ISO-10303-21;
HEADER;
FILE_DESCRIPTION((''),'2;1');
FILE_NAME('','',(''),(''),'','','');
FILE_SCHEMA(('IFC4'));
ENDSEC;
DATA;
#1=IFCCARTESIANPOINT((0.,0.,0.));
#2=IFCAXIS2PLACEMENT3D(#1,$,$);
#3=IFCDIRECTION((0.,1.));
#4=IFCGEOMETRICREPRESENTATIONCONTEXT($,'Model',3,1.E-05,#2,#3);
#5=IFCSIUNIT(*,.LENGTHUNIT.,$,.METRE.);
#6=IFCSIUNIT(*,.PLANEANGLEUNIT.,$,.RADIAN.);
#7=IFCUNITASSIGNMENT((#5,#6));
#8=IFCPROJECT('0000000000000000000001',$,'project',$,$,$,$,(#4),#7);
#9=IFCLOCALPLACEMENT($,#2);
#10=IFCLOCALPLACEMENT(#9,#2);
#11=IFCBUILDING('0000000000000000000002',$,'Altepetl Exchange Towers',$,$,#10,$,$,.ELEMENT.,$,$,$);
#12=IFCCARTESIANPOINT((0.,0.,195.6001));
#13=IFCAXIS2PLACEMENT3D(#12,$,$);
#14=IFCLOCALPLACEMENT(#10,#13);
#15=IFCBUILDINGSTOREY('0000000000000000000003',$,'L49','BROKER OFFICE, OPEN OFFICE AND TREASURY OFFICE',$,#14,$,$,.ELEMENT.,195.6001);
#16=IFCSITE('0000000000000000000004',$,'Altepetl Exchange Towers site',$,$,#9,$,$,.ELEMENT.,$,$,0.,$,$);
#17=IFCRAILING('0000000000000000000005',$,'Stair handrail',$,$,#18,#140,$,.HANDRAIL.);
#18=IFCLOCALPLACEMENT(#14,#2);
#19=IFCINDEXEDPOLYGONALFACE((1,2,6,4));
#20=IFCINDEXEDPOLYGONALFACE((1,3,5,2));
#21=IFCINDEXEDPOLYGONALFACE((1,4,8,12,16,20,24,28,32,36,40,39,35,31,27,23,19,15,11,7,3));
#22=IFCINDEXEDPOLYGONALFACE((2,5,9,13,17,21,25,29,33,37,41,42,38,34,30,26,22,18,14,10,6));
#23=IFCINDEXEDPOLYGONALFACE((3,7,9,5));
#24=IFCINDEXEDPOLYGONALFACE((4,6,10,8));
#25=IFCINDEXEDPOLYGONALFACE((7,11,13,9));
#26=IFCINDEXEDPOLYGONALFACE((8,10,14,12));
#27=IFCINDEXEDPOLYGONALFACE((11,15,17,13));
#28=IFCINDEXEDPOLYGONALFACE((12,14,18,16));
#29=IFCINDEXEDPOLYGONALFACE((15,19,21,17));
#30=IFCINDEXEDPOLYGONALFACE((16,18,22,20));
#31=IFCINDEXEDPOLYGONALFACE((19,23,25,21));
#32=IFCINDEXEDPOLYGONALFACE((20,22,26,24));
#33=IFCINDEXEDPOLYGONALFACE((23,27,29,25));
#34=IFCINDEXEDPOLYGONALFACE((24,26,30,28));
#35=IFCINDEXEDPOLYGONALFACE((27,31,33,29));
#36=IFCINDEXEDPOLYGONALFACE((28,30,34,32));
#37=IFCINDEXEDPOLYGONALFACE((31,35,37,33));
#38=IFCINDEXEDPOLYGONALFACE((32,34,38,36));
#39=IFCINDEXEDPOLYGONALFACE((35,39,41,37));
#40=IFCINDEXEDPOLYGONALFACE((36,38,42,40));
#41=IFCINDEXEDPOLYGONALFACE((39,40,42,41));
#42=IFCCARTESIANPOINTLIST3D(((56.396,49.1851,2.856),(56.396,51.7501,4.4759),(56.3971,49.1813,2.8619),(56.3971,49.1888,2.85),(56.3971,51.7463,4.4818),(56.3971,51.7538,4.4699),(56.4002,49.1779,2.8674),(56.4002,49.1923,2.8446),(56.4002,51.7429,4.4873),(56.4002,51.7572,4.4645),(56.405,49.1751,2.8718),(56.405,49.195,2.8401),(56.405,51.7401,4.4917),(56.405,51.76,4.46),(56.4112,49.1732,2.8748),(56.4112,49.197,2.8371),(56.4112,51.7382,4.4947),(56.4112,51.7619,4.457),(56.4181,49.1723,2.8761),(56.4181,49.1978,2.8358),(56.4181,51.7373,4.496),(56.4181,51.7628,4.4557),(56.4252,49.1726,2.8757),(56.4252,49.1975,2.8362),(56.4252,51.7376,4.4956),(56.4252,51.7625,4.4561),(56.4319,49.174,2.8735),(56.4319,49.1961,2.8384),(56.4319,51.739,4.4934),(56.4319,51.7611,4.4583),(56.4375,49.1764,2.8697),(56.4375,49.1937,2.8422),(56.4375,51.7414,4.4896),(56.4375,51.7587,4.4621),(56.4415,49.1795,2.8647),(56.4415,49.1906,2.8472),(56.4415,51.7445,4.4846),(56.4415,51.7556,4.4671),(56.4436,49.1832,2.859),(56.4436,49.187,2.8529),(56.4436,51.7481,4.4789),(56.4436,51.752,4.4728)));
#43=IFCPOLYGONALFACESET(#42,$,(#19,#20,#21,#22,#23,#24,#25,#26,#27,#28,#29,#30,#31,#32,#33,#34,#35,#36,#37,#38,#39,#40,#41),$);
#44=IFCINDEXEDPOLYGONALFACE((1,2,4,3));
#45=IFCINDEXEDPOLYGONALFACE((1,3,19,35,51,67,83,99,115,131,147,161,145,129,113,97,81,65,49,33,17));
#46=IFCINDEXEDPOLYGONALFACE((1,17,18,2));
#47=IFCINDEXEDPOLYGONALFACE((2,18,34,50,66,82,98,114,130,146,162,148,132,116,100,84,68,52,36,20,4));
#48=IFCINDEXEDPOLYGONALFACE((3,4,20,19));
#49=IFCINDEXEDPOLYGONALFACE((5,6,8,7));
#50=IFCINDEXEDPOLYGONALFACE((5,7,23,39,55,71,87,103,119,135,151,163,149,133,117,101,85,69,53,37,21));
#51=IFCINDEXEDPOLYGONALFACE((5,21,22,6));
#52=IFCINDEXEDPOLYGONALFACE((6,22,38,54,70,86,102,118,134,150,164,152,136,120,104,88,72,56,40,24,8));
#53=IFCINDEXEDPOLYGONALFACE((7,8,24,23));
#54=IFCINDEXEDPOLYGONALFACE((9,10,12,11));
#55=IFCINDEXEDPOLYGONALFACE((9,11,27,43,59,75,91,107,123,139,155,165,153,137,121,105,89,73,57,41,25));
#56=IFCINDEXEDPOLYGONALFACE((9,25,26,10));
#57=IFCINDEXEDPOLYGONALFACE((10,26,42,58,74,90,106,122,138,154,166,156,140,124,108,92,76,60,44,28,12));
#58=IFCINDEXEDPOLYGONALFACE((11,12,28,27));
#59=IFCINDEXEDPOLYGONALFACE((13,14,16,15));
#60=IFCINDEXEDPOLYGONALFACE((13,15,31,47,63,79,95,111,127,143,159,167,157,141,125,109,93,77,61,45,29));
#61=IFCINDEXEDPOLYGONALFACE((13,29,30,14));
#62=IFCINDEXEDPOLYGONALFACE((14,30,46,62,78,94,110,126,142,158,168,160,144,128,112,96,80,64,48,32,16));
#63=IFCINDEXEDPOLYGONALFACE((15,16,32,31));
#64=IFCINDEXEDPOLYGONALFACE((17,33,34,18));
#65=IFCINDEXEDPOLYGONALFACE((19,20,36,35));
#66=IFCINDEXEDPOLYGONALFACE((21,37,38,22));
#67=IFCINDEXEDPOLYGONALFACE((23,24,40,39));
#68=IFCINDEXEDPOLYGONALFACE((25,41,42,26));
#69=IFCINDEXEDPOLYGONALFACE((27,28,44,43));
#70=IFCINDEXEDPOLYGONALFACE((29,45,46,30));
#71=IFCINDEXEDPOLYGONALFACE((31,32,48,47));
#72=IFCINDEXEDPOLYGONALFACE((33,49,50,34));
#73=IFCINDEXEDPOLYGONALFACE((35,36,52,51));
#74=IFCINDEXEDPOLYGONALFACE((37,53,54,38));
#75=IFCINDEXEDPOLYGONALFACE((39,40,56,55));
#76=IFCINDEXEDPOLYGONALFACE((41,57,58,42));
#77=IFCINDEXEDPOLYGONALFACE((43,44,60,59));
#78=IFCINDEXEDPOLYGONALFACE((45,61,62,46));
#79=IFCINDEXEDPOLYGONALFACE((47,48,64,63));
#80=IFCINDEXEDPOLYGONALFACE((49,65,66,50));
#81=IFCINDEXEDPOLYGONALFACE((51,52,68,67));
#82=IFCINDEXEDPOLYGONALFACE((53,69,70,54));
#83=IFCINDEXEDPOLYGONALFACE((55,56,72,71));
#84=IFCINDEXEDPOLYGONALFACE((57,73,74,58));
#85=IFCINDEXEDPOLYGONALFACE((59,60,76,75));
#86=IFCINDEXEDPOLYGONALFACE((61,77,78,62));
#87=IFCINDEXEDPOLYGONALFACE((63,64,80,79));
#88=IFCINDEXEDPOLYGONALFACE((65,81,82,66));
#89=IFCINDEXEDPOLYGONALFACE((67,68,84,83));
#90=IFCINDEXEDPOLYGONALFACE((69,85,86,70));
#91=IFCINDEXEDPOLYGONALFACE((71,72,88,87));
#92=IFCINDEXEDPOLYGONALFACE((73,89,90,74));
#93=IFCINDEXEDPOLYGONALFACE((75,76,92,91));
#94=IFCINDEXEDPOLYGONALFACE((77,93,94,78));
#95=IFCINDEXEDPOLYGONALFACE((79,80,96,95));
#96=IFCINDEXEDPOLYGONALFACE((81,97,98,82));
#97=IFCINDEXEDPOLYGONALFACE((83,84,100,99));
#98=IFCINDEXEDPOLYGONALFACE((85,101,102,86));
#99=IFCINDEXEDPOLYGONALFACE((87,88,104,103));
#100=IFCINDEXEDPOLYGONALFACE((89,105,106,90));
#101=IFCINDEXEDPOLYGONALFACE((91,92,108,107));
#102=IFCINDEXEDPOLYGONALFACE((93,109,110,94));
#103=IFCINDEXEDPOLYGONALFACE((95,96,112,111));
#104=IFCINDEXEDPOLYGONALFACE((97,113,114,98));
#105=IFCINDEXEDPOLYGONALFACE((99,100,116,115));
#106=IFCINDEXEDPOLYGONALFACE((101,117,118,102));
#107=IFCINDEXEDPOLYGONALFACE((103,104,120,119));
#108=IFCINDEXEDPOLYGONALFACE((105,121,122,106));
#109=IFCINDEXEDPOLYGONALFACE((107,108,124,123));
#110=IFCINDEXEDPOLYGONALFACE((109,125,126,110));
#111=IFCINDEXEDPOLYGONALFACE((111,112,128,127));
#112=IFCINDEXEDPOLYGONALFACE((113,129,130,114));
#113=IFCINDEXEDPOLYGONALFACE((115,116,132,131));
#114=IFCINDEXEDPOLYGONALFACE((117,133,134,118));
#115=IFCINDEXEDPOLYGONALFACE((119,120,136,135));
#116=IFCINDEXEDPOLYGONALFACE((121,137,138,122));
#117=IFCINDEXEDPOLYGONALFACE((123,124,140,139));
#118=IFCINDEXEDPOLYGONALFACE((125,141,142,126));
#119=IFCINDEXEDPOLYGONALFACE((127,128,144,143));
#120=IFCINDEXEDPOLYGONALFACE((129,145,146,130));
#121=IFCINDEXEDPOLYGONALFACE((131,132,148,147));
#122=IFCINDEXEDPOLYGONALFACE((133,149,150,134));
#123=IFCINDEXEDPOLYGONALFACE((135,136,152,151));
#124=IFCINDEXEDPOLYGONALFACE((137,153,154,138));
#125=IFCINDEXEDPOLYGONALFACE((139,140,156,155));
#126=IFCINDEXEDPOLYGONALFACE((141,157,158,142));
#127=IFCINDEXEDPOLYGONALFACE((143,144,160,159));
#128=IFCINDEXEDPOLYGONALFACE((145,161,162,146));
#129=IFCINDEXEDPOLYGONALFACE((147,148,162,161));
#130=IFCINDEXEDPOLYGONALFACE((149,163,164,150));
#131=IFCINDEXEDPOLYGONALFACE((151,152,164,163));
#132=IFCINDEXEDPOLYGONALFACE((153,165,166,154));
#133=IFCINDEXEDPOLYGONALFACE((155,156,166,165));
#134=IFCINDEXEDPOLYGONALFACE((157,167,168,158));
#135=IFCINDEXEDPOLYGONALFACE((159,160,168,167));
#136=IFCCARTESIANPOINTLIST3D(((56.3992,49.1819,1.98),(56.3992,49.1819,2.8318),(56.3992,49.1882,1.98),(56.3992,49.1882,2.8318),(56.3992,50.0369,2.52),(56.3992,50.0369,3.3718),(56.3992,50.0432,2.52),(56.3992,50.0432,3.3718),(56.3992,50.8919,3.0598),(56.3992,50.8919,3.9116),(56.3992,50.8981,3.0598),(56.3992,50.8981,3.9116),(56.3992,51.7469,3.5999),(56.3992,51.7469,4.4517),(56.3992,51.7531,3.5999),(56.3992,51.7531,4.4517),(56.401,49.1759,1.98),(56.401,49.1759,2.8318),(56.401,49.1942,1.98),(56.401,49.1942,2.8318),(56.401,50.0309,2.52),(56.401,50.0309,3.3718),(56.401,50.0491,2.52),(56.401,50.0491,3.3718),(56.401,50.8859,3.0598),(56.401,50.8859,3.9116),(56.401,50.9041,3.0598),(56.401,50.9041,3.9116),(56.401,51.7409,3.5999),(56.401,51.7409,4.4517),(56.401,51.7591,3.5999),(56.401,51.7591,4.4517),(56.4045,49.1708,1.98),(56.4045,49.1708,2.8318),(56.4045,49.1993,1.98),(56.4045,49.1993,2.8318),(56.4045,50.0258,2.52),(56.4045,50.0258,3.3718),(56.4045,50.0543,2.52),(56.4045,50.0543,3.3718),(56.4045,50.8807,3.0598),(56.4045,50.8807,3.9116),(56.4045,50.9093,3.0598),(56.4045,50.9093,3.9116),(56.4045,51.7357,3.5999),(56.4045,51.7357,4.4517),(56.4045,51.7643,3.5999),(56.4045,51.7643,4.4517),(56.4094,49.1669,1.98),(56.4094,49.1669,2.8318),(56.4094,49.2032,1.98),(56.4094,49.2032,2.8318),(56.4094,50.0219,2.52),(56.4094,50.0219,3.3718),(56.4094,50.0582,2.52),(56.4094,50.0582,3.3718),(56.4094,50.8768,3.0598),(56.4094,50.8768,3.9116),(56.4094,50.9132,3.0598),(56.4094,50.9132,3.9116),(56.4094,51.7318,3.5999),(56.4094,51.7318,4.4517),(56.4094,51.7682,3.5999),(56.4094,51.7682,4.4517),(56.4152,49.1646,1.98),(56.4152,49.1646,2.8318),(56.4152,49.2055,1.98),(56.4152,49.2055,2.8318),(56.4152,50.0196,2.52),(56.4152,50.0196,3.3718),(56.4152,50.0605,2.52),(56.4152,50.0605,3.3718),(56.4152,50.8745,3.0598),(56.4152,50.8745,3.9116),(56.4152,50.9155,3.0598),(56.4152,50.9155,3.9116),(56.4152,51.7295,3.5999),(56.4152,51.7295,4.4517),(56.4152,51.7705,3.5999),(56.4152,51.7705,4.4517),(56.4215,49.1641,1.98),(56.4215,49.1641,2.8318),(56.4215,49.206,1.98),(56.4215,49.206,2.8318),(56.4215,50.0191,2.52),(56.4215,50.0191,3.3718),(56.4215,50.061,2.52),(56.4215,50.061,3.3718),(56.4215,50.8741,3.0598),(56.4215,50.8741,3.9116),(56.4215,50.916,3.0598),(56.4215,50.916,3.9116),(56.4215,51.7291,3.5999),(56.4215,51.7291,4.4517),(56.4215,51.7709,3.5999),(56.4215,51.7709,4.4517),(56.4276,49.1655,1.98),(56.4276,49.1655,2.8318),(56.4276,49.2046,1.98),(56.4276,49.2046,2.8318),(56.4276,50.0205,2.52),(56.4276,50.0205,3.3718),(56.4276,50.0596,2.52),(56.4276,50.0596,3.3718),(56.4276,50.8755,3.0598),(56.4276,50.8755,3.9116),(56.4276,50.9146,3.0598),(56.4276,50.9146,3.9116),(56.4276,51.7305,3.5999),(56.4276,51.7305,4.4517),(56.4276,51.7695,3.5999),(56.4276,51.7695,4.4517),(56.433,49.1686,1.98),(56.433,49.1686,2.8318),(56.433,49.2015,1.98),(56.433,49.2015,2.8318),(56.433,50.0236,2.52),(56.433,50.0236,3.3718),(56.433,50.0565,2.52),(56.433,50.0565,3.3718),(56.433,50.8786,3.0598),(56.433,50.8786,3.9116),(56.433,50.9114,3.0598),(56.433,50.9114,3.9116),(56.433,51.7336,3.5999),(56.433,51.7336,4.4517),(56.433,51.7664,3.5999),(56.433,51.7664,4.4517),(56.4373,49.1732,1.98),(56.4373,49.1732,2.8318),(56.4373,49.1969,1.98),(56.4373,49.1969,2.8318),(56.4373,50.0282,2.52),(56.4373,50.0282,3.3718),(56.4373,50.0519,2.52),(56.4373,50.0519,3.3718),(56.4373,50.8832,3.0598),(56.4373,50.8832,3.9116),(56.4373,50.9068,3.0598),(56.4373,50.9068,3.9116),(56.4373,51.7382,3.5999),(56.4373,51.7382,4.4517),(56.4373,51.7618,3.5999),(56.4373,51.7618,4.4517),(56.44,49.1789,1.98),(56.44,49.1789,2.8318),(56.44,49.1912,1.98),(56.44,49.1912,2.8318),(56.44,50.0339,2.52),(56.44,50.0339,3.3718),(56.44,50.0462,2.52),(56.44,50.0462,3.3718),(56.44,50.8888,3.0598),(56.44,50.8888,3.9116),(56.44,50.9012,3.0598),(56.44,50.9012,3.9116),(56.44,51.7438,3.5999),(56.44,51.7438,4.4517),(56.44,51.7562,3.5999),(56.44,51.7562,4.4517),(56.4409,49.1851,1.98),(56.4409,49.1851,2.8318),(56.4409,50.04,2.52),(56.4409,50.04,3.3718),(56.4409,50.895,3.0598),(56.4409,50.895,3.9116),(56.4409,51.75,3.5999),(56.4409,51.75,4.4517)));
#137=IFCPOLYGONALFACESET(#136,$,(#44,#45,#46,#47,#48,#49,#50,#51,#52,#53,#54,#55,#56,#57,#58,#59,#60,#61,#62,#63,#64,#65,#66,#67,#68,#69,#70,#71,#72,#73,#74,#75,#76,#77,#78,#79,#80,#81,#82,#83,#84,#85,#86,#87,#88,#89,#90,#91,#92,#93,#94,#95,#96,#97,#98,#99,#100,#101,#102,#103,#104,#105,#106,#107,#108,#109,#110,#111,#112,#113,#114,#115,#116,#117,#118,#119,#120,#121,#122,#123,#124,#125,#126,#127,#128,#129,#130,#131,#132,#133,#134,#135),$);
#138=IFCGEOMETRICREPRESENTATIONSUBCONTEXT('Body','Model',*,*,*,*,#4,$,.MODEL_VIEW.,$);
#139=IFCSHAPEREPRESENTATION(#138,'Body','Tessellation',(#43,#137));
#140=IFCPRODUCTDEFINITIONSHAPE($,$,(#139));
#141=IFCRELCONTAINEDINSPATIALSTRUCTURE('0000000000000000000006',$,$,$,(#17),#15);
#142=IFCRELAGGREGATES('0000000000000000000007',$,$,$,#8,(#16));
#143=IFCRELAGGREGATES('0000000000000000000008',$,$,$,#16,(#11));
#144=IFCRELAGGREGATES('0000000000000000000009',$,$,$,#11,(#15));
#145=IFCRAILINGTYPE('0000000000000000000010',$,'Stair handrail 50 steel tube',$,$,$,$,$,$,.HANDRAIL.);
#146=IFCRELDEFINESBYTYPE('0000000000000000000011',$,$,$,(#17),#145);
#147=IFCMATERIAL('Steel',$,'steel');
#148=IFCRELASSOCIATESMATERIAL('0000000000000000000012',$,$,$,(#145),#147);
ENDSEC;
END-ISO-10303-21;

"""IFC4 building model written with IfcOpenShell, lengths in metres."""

from ifc_helpers import new_model, si_unit, direction, frame, origin, origin_2d, place, context, subcontext, project, spatial, circle, extrude, source, transform, mapped, material, type_object, element, save


model = new_model("IFC4")

# Units and contexts
model_context = context("Model", 3, precision=1e-05, world=origin(), true_north=direction((0.0, 1.0)))
body_context = subcontext(model_context, "Body", "Model", "MODEL_VIEW")
ifc_project = project(units=[si_unit("LENGTHUNIT", "METRE"), si_unit("PLANEANGLEUNIT", "RADIAN")], contexts=[model_context])

# Site, building, storey
site_placement = place(None, origin())
site = spatial("IfcSite", under=ifc_project, at=site_placement, Name="Altepetl Exchange Towers site", CompositionType="ELEMENT", RefElevation=0.0)
building_placement = place(site_placement, origin())
building = spatial("IfcBuilding", under=site, at=building_placement, Name="Altepetl Exchange Towers", CompositionType="ELEMENT")
storey_placement = place(building_placement, frame((0.0, 0.0, 195.6001)))
storey = spatial("IfcBuildingStorey", under=building, at=storey_placement, Name="L49", Description="BROKER OFFICE, OPEN OFFICE AND TREASURY OFFICE", CompositionType="ELEMENT", Elevation=195.6001)

# Railing
ifc_material_1 = material(Name="Steel", Category="steel")
railing_type = type_object("IfcRailingType", Name="Stair handrail 50 steel tube", PredefinedType="HANDRAIL", material=ifc_material_1)
shared_shape = source(origin(), body_context, "Body", "SweptSolid", [
    extrude(circle(Radius=0.021, at=origin_2d()), origin(), (0.0, 0.0, 1.0), 0.8518),
])
railing_placement = place(storey_placement, frame((56.4199, 49.1851, 1.98)))
element("IfcRailing", 1, at=railing_placement, inside=storey, type_object=railing_type, Name="Stair handrail", PredefinedType="HANDRAIL", context=body_context, shape_type="SweptSolid", body=[
    extrude(circle(Radius=0.0239, at=origin_2d()), frame((0.0, 0.0, 0.876), z_axis=(0.0, 0.845502, 0.533972), x_axis=(-1.0, 0.0, 0.0)), (0.0, 0.0, 1.0), 3.0337),
    mapped(shared_shape, transform((0.0, 0.0, 0.0))),
    mapped(shared_shape, transform((0.0, 0.855, 0.54))),
    mapped(shared_shape, transform((0.0, 1.71, 1.0798))),
    mapped(shared_shape, transform((0.0, 2.5649, 1.6199))),
])

save(model, "model.ifc")
